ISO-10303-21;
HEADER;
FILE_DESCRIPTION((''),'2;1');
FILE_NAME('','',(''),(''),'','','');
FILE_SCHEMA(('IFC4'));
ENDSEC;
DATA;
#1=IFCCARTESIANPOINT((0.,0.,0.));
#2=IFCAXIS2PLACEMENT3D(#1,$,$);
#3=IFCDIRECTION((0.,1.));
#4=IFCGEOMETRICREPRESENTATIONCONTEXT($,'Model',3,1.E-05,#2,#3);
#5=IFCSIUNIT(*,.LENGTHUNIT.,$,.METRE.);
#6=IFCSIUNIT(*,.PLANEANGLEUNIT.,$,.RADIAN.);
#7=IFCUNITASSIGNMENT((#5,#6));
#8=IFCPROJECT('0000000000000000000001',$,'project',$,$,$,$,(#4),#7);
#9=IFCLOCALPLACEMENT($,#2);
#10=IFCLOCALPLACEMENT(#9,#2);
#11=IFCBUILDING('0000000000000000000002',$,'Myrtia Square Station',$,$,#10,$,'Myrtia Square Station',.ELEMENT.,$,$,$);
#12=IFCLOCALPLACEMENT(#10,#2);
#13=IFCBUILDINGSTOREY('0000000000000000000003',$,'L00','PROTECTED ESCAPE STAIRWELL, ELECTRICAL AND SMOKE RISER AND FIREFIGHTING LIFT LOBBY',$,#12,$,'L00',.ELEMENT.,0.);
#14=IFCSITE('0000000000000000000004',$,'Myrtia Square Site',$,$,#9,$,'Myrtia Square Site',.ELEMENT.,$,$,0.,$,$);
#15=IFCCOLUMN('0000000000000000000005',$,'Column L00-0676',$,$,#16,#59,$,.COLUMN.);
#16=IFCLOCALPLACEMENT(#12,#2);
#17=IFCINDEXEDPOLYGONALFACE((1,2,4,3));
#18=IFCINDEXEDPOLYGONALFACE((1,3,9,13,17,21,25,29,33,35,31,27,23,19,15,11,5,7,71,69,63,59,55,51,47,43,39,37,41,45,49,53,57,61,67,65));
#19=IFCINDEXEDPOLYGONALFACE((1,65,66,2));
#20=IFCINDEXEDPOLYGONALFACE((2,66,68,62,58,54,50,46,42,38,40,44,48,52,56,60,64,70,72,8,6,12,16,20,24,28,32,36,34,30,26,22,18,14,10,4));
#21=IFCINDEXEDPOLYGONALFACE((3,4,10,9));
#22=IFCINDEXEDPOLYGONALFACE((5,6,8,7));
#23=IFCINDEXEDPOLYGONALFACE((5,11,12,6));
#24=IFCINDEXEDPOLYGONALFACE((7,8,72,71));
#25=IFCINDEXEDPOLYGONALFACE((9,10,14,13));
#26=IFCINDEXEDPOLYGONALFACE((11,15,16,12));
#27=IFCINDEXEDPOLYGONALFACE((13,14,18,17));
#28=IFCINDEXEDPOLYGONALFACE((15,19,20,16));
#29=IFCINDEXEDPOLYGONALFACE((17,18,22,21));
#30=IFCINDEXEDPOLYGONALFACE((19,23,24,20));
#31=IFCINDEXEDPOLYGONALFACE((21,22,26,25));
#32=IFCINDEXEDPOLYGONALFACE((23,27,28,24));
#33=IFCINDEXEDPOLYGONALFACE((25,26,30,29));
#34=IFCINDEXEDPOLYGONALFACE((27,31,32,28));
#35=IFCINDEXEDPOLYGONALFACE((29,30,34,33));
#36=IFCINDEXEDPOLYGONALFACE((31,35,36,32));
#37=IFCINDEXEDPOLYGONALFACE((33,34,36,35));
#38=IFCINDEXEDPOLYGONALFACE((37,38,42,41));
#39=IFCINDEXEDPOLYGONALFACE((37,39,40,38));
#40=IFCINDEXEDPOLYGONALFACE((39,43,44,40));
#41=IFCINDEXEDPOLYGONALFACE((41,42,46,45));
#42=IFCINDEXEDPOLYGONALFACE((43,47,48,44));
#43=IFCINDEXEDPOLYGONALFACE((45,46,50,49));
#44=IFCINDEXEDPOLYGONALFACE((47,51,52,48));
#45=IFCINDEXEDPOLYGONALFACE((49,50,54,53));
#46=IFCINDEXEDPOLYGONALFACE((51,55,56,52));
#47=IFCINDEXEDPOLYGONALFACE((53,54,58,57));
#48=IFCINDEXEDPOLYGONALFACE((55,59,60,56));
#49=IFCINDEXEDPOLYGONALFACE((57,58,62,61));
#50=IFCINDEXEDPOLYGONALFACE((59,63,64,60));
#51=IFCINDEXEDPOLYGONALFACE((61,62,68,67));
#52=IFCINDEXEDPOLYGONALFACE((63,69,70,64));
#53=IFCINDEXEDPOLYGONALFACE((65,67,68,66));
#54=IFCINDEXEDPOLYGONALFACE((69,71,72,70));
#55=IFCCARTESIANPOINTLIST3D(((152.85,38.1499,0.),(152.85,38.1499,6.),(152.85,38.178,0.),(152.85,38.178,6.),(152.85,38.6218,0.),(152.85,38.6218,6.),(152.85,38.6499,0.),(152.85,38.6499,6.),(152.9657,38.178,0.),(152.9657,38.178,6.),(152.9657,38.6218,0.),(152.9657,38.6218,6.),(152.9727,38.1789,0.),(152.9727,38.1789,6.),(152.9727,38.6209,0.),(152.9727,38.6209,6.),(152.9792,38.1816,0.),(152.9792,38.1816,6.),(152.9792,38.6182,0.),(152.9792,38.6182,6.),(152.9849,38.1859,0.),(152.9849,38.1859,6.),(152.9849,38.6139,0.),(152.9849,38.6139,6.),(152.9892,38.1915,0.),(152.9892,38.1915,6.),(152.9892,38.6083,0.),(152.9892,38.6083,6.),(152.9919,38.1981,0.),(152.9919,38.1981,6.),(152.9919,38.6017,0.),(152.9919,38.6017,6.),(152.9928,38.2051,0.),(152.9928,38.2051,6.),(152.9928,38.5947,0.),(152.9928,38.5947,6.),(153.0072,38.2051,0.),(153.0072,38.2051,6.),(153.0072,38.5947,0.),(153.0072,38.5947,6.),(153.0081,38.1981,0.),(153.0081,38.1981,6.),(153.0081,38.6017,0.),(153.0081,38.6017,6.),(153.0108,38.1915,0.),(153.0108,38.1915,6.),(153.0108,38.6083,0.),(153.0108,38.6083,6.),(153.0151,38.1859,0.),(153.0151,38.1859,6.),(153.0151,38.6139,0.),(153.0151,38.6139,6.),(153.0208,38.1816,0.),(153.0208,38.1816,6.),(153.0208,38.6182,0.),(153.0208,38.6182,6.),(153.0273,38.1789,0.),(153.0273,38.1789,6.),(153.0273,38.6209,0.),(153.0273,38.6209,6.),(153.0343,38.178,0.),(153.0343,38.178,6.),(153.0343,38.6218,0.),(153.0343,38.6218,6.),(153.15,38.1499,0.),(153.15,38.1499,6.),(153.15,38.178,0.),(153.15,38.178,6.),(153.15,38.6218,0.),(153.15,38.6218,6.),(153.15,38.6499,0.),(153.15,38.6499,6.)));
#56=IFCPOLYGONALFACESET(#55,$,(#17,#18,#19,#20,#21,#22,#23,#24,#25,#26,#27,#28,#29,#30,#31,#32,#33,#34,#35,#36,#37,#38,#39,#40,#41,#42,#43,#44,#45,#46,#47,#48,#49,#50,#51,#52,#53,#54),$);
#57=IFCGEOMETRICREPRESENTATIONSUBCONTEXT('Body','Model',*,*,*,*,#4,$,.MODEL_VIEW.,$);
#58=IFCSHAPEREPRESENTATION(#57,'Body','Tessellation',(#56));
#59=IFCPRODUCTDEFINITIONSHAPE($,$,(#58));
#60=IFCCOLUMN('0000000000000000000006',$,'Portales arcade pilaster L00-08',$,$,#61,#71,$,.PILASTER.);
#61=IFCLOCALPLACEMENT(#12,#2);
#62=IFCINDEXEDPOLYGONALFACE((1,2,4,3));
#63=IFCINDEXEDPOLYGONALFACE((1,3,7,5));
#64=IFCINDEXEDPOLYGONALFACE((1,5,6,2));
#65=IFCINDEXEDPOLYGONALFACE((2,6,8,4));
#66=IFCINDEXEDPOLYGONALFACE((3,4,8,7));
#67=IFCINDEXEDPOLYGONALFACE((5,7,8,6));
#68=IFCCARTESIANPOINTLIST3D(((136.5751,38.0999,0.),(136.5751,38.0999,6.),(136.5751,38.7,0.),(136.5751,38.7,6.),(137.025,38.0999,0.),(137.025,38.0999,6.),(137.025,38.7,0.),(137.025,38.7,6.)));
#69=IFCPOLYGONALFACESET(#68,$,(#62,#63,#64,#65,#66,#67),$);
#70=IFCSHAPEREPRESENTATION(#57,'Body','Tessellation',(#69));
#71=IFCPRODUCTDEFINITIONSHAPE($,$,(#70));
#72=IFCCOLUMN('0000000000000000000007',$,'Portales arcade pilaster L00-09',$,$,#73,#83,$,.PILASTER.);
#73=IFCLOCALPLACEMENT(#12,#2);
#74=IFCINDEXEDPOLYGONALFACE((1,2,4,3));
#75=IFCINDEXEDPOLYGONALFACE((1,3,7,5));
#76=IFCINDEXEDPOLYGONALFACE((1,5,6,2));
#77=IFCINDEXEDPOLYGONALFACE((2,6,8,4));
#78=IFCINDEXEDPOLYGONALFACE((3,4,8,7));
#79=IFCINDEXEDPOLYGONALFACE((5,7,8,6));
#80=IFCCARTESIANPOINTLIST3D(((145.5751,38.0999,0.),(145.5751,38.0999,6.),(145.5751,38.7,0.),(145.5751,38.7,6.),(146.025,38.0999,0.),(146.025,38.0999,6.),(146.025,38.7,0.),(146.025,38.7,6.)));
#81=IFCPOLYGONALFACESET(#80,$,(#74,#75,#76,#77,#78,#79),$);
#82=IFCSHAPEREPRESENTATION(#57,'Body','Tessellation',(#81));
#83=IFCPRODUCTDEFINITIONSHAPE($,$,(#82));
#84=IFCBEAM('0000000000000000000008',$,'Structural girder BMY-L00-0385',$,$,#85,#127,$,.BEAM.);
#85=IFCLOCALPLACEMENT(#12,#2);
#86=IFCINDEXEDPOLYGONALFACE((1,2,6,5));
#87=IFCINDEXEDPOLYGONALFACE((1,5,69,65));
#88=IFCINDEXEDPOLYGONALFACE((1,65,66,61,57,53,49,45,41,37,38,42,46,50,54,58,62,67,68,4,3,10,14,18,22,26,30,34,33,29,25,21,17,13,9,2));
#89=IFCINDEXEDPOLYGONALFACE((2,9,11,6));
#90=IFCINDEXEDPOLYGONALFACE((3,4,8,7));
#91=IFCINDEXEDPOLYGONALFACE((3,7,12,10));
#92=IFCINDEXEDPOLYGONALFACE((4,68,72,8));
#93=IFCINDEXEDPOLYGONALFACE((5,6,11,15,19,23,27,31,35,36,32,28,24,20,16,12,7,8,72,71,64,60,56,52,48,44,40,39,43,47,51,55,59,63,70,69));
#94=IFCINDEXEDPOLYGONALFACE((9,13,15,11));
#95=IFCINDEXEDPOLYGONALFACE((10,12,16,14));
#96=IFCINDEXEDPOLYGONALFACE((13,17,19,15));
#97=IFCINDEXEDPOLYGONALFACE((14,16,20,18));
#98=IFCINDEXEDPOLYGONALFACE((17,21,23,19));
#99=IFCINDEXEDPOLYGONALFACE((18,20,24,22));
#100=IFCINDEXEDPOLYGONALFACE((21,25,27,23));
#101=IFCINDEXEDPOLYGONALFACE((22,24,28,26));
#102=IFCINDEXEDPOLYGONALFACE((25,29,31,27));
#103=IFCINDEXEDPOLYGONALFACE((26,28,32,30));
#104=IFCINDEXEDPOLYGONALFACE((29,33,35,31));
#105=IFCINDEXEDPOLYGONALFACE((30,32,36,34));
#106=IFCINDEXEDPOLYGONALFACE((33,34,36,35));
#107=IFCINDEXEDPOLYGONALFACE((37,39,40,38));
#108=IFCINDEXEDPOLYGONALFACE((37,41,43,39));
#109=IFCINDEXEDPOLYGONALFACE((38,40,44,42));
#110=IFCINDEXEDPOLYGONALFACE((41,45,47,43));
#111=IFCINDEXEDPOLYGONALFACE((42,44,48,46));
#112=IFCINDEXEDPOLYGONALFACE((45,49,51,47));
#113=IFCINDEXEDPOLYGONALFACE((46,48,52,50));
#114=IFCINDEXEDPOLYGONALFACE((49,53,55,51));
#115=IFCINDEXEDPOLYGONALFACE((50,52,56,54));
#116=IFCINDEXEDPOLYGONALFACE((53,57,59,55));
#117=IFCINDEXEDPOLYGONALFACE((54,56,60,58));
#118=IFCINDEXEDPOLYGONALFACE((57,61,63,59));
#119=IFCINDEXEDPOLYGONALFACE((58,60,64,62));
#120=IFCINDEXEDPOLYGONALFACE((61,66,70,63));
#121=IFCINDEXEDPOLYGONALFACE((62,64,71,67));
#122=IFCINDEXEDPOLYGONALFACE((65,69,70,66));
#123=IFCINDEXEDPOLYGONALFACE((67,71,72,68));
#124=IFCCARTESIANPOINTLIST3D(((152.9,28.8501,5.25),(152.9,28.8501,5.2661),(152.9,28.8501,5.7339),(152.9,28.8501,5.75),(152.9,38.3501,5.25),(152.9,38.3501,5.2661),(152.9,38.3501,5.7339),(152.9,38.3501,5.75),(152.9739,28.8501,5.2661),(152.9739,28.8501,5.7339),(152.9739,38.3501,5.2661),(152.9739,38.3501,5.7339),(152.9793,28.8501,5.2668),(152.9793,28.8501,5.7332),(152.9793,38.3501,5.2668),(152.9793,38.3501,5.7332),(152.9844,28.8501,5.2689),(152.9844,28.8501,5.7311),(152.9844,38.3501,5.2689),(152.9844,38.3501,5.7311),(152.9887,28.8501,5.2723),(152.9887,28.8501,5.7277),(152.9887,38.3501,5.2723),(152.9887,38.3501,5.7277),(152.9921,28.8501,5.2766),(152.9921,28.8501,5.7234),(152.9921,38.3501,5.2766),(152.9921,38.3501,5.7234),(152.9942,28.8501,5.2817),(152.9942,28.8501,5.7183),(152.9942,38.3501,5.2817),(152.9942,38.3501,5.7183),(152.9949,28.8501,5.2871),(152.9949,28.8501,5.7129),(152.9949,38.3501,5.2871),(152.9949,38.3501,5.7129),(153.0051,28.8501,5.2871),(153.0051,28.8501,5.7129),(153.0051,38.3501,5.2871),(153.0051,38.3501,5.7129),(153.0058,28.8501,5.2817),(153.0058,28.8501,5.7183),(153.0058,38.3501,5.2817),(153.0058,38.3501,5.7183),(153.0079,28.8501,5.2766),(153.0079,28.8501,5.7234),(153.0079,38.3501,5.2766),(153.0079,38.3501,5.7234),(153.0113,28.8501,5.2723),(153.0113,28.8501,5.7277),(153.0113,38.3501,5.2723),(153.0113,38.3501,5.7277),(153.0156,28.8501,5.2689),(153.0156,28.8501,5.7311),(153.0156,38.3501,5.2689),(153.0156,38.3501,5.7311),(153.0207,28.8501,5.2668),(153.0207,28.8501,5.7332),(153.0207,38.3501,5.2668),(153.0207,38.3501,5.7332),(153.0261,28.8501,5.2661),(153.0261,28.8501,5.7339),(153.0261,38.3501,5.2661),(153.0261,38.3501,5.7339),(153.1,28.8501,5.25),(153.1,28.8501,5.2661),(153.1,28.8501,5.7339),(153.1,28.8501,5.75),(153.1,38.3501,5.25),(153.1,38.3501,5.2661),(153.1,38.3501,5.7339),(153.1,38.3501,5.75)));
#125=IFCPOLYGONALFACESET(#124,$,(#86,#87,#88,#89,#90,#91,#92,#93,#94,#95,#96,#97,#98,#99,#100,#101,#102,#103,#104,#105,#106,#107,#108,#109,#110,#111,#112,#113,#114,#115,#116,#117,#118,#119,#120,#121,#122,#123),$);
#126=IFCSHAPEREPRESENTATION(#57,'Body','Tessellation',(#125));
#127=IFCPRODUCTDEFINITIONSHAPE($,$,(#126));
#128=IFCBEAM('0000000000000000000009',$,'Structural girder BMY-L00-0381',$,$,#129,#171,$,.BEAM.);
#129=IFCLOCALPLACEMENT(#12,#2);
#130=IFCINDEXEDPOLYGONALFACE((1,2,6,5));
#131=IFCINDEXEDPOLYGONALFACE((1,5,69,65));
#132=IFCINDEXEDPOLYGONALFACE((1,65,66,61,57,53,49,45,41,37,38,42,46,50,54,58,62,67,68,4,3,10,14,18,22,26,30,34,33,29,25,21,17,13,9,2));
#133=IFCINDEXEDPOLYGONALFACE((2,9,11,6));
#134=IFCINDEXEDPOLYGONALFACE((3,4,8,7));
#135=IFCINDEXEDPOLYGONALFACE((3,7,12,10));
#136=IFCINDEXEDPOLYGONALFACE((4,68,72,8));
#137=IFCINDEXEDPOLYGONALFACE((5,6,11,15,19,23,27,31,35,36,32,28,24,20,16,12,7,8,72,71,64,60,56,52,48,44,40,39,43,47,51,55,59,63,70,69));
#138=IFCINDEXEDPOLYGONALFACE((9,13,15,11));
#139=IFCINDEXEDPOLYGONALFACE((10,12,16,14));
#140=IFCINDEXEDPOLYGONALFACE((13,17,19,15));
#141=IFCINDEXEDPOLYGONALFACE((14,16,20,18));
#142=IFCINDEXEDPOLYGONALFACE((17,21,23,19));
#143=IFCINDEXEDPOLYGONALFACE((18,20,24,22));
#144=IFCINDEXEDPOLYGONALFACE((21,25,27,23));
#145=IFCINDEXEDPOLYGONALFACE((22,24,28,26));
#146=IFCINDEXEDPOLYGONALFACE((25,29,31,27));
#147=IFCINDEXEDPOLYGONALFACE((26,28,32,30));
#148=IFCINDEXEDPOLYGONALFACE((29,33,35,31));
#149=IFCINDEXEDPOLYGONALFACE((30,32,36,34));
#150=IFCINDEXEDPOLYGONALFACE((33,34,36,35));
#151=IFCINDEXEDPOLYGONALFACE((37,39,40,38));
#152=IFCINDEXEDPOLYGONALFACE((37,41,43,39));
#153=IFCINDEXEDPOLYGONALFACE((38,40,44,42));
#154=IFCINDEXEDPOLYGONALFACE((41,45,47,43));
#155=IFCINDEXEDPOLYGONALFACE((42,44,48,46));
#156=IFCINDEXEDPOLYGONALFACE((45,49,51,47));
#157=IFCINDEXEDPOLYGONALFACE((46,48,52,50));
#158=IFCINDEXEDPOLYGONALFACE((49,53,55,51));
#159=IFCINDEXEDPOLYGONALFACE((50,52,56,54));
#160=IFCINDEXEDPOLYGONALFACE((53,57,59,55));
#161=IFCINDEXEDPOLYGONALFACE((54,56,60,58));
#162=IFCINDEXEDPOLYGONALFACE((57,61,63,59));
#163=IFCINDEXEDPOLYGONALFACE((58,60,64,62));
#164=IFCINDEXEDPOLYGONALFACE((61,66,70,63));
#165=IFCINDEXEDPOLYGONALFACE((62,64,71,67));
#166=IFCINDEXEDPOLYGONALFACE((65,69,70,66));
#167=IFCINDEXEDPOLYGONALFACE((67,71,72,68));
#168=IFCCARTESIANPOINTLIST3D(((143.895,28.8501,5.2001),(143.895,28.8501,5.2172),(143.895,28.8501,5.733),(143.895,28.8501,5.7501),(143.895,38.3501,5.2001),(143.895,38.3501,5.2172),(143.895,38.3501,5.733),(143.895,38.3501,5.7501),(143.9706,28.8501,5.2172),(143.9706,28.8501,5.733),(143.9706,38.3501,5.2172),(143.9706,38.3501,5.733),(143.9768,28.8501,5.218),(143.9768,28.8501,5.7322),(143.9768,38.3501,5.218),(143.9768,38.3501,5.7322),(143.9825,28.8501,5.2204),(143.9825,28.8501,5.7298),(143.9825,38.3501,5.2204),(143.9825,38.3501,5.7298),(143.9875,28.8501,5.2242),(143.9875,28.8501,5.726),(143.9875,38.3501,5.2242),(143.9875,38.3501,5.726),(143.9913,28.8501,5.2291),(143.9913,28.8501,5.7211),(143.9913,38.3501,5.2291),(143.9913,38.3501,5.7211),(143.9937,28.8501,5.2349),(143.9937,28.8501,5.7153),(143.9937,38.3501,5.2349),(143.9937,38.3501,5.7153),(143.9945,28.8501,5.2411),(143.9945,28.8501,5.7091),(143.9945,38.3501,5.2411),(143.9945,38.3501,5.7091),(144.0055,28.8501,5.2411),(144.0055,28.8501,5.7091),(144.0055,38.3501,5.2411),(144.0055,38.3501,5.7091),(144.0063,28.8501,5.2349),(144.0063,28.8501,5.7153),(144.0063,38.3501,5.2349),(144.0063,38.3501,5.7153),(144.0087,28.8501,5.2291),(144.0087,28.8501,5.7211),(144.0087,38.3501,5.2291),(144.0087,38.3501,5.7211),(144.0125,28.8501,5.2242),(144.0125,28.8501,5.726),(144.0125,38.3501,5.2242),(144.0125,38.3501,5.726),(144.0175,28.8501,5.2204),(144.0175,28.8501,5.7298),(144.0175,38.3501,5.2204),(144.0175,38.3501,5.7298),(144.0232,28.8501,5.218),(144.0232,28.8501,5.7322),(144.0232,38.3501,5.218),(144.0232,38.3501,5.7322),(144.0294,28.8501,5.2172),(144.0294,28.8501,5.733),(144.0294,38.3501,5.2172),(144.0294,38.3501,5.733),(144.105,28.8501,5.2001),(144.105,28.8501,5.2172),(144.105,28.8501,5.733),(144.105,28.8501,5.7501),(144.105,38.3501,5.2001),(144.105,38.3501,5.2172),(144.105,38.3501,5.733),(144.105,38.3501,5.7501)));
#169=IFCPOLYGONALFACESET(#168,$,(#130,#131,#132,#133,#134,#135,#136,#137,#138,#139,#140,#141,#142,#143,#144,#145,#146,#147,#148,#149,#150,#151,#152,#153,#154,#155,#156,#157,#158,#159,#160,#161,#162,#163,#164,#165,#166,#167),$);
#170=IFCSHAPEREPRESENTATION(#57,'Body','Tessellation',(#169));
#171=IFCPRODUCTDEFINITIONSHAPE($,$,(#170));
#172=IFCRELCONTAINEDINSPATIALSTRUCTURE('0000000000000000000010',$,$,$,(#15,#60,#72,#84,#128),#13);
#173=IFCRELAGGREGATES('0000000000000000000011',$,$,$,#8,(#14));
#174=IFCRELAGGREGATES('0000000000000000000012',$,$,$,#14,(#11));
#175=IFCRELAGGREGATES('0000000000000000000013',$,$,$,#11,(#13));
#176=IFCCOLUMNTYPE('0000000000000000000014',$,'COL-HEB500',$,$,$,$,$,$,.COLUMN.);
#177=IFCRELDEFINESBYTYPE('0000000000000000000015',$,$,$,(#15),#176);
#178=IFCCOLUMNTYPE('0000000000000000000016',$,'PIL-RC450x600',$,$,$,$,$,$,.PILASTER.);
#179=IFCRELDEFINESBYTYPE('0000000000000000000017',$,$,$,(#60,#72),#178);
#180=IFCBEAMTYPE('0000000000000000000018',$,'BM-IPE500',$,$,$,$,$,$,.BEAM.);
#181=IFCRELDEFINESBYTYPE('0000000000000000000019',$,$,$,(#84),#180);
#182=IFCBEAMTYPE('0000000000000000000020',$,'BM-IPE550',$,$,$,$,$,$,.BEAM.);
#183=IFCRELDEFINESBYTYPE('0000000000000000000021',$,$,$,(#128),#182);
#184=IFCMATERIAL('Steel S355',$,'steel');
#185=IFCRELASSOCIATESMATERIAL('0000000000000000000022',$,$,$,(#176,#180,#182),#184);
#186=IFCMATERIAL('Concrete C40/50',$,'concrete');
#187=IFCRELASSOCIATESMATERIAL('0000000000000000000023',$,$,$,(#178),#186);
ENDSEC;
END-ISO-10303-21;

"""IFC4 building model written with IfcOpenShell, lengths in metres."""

from ifc_helpers import new_model, si_unit, direction, frame, origin, origin_2d, place, context, subcontext, project, spatial, rectangle, i_section, extrude, material, material_profile, profile_set, type_object, element, save


model = new_model("IFC4")

# Units and contexts
model_context = context("Model", 3, precision=1e-05, world=origin(), true_north=direction((0.0, 1.0)))
body_context = subcontext(model_context, "Body", "Model", "MODEL_VIEW")
ifc_project = project(units=[si_unit("LENGTHUNIT", "METRE"), si_unit("PLANEANGLEUNIT", "RADIAN")], contexts=[model_context])

# Site, building, storey
site_placement = place(None, origin())
site = spatial("IfcSite", under=ifc_project, at=site_placement, Name="Myrtia Square Site", LongName="Myrtia Square Site", CompositionType="ELEMENT", RefElevation=0.0)
building_placement = place(site_placement, origin())
building = spatial("IfcBuilding", under=site, at=building_placement, Name="Myrtia Square Station", LongName="Myrtia Square Station", CompositionType="ELEMENT")
storey_placement = place(building_placement, origin())
storey = spatial("IfcBuildingStorey", under=building, at=storey_placement, Name="L00", Description="PROTECTED ESCAPE STAIRWELL, ELECTRICAL AND SMOKE RISER AND FIREFIGHTING LIFT LOBBY", LongName="L00", CompositionType="ELEMENT", Elevation=0.0)

# Columns
ifc_material_1 = material(Name="Steel S355", Category="steel")
ifc_material_profile_1 = material_profile(ifc_material_1, i_section(OverallWidth=0.3, OverallDepth=0.5, WebThickness=0.0144, FlangeThickness=0.0281, FilletRadius=0.0271, at=origin_2d()), Name="HEB 500")
ifc_profile_set_1 = profile_set([ifc_material_profile_1], Name="Steel S355")
column_type_1 = type_object("IfcColumnType", Name="COL-HEB500", PredefinedType="COLUMN", material=ifc_profile_set_1)
for number, where, z_axis, x_axis, name in (
    (1, (153.0, 38.3999, 0.0), (0.0, 0.0, 1.0), (1.0, 0.0, 0.0), "Column L00-0676"),
):
    element("IfcColumn", number, at=place(storey_placement, frame(where, z_axis=z_axis, x_axis=x_axis)), inside=storey, type_object=column_type_1, Name=name, PredefinedType="COLUMN", context=body_context, shape_type="SweptSolid", body=[
        extrude(i_section(OverallWidth=0.3, OverallDepth=0.5, WebThickness=0.0144, FlangeThickness=0.0281, FilletRadius=0.0271, at=origin_2d()), origin(), (0.0, 0.0, 1.0), 6.0),
    ])
ifc_material_2 = material(Name="Concrete C40/50", Category="concrete")
ifc_material_profile_2 = material_profile(ifc_material_2, rectangle(XDim=0.45, YDim=0.6001, at=origin_2d()), Name="PIL 450x600")
ifc_profile_set_2 = profile_set([ifc_material_profile_2], Name="Concrete C40/50")
column_type_2 = type_object("IfcColumnType", Name="PIL-RC450x600", PredefinedType="PILASTER", material=ifc_profile_set_2)
for number, where, z_axis, x_axis, name in (
    (2, (136.8, 38.3999, 0.0), (0.0, 0.0, 1.0), (1.0, 0.0, 0.0), "Portales arcade pilaster L00-08"),
    (3, (145.8, 38.3999, 0.0), (0.0, 0.0, 1.0), (1.0, 0.0, 0.0), "Portales arcade pilaster L00-09"),
):
    element("IfcColumn", number, at=place(storey_placement, frame(where, z_axis=z_axis, x_axis=x_axis)), inside=storey, type_object=column_type_2, Name=name, PredefinedType="PILASTER", context=body_context, shape_type="SweptSolid", body=[
        extrude(rectangle(XDim=0.45, YDim=0.6001, at=origin_2d()), origin(), (0.0, 0.0, 1.0), 6.0),
    ])

# Beams
ifc_material_profile_3 = material_profile(ifc_material_1, i_section(OverallWidth=0.2, OverallDepth=0.5, WebThickness=0.0103, FlangeThickness=0.0161, FilletRadius=0.021, at=origin_2d()), Name="IPE 500")
ifc_profile_set_3 = profile_set([ifc_material_profile_3], Name="Steel S355")
beam_type_1 = type_object("IfcBeamType", Name="BM-IPE500", PredefinedType="BEAM", material=ifc_profile_set_3)
beam_1_placement = place(storey_placement, frame((153.0, 28.8501, 5.5), z_axis=(0.0, 1.0, 0.0), x_axis=(-1.0, 0.0, 0.0)))
element("IfcBeam", 4, at=beam_1_placement, inside=storey, type_object=beam_type_1, Name="Structural girder BMY-L00-0385", PredefinedType="BEAM", context=body_context, shape_type="SweptSolid", body=[
    extrude(i_section(OverallWidth=0.2, OverallDepth=0.5, WebThickness=0.0103, FlangeThickness=0.0161, FilletRadius=0.021, at=origin_2d()), origin(), (0.0, 0.0, 1.0), 9.5),
])
ifc_material_profile_4 = material_profile(ifc_material_1, i_section(OverallWidth=0.21, OverallDepth=0.55, WebThickness=0.011, FlangeThickness=0.0171, FilletRadius=0.0239, at=origin_2d()), Name="IPE 550")
ifc_profile_set_4 = profile_set([ifc_material_profile_4], Name="Steel S355")
beam_type_2 = type_object("IfcBeamType", Name="BM-IPE550", PredefinedType="BEAM", material=ifc_profile_set_4)
beam_2_placement = place(storey_placement, frame((144.0, 28.8501, 5.4751), z_axis=(0.0, 1.0, 0.0), x_axis=(-1.0, 0.0, 0.0)))
element("IfcBeam", 5, at=beam_2_placement, inside=storey, type_object=beam_type_2, Name="Structural girder BMY-L00-0381", PredefinedType="BEAM", context=body_context, shape_type="SweptSolid", body=[
    extrude(i_section(OverallWidth=0.21, OverallDepth=0.55, WebThickness=0.011, FlangeThickness=0.0171, FilletRadius=0.0239, at=origin_2d()), origin(), (0.0, 0.0, 1.0), 9.5),
])

save(model, "model.ifc")
